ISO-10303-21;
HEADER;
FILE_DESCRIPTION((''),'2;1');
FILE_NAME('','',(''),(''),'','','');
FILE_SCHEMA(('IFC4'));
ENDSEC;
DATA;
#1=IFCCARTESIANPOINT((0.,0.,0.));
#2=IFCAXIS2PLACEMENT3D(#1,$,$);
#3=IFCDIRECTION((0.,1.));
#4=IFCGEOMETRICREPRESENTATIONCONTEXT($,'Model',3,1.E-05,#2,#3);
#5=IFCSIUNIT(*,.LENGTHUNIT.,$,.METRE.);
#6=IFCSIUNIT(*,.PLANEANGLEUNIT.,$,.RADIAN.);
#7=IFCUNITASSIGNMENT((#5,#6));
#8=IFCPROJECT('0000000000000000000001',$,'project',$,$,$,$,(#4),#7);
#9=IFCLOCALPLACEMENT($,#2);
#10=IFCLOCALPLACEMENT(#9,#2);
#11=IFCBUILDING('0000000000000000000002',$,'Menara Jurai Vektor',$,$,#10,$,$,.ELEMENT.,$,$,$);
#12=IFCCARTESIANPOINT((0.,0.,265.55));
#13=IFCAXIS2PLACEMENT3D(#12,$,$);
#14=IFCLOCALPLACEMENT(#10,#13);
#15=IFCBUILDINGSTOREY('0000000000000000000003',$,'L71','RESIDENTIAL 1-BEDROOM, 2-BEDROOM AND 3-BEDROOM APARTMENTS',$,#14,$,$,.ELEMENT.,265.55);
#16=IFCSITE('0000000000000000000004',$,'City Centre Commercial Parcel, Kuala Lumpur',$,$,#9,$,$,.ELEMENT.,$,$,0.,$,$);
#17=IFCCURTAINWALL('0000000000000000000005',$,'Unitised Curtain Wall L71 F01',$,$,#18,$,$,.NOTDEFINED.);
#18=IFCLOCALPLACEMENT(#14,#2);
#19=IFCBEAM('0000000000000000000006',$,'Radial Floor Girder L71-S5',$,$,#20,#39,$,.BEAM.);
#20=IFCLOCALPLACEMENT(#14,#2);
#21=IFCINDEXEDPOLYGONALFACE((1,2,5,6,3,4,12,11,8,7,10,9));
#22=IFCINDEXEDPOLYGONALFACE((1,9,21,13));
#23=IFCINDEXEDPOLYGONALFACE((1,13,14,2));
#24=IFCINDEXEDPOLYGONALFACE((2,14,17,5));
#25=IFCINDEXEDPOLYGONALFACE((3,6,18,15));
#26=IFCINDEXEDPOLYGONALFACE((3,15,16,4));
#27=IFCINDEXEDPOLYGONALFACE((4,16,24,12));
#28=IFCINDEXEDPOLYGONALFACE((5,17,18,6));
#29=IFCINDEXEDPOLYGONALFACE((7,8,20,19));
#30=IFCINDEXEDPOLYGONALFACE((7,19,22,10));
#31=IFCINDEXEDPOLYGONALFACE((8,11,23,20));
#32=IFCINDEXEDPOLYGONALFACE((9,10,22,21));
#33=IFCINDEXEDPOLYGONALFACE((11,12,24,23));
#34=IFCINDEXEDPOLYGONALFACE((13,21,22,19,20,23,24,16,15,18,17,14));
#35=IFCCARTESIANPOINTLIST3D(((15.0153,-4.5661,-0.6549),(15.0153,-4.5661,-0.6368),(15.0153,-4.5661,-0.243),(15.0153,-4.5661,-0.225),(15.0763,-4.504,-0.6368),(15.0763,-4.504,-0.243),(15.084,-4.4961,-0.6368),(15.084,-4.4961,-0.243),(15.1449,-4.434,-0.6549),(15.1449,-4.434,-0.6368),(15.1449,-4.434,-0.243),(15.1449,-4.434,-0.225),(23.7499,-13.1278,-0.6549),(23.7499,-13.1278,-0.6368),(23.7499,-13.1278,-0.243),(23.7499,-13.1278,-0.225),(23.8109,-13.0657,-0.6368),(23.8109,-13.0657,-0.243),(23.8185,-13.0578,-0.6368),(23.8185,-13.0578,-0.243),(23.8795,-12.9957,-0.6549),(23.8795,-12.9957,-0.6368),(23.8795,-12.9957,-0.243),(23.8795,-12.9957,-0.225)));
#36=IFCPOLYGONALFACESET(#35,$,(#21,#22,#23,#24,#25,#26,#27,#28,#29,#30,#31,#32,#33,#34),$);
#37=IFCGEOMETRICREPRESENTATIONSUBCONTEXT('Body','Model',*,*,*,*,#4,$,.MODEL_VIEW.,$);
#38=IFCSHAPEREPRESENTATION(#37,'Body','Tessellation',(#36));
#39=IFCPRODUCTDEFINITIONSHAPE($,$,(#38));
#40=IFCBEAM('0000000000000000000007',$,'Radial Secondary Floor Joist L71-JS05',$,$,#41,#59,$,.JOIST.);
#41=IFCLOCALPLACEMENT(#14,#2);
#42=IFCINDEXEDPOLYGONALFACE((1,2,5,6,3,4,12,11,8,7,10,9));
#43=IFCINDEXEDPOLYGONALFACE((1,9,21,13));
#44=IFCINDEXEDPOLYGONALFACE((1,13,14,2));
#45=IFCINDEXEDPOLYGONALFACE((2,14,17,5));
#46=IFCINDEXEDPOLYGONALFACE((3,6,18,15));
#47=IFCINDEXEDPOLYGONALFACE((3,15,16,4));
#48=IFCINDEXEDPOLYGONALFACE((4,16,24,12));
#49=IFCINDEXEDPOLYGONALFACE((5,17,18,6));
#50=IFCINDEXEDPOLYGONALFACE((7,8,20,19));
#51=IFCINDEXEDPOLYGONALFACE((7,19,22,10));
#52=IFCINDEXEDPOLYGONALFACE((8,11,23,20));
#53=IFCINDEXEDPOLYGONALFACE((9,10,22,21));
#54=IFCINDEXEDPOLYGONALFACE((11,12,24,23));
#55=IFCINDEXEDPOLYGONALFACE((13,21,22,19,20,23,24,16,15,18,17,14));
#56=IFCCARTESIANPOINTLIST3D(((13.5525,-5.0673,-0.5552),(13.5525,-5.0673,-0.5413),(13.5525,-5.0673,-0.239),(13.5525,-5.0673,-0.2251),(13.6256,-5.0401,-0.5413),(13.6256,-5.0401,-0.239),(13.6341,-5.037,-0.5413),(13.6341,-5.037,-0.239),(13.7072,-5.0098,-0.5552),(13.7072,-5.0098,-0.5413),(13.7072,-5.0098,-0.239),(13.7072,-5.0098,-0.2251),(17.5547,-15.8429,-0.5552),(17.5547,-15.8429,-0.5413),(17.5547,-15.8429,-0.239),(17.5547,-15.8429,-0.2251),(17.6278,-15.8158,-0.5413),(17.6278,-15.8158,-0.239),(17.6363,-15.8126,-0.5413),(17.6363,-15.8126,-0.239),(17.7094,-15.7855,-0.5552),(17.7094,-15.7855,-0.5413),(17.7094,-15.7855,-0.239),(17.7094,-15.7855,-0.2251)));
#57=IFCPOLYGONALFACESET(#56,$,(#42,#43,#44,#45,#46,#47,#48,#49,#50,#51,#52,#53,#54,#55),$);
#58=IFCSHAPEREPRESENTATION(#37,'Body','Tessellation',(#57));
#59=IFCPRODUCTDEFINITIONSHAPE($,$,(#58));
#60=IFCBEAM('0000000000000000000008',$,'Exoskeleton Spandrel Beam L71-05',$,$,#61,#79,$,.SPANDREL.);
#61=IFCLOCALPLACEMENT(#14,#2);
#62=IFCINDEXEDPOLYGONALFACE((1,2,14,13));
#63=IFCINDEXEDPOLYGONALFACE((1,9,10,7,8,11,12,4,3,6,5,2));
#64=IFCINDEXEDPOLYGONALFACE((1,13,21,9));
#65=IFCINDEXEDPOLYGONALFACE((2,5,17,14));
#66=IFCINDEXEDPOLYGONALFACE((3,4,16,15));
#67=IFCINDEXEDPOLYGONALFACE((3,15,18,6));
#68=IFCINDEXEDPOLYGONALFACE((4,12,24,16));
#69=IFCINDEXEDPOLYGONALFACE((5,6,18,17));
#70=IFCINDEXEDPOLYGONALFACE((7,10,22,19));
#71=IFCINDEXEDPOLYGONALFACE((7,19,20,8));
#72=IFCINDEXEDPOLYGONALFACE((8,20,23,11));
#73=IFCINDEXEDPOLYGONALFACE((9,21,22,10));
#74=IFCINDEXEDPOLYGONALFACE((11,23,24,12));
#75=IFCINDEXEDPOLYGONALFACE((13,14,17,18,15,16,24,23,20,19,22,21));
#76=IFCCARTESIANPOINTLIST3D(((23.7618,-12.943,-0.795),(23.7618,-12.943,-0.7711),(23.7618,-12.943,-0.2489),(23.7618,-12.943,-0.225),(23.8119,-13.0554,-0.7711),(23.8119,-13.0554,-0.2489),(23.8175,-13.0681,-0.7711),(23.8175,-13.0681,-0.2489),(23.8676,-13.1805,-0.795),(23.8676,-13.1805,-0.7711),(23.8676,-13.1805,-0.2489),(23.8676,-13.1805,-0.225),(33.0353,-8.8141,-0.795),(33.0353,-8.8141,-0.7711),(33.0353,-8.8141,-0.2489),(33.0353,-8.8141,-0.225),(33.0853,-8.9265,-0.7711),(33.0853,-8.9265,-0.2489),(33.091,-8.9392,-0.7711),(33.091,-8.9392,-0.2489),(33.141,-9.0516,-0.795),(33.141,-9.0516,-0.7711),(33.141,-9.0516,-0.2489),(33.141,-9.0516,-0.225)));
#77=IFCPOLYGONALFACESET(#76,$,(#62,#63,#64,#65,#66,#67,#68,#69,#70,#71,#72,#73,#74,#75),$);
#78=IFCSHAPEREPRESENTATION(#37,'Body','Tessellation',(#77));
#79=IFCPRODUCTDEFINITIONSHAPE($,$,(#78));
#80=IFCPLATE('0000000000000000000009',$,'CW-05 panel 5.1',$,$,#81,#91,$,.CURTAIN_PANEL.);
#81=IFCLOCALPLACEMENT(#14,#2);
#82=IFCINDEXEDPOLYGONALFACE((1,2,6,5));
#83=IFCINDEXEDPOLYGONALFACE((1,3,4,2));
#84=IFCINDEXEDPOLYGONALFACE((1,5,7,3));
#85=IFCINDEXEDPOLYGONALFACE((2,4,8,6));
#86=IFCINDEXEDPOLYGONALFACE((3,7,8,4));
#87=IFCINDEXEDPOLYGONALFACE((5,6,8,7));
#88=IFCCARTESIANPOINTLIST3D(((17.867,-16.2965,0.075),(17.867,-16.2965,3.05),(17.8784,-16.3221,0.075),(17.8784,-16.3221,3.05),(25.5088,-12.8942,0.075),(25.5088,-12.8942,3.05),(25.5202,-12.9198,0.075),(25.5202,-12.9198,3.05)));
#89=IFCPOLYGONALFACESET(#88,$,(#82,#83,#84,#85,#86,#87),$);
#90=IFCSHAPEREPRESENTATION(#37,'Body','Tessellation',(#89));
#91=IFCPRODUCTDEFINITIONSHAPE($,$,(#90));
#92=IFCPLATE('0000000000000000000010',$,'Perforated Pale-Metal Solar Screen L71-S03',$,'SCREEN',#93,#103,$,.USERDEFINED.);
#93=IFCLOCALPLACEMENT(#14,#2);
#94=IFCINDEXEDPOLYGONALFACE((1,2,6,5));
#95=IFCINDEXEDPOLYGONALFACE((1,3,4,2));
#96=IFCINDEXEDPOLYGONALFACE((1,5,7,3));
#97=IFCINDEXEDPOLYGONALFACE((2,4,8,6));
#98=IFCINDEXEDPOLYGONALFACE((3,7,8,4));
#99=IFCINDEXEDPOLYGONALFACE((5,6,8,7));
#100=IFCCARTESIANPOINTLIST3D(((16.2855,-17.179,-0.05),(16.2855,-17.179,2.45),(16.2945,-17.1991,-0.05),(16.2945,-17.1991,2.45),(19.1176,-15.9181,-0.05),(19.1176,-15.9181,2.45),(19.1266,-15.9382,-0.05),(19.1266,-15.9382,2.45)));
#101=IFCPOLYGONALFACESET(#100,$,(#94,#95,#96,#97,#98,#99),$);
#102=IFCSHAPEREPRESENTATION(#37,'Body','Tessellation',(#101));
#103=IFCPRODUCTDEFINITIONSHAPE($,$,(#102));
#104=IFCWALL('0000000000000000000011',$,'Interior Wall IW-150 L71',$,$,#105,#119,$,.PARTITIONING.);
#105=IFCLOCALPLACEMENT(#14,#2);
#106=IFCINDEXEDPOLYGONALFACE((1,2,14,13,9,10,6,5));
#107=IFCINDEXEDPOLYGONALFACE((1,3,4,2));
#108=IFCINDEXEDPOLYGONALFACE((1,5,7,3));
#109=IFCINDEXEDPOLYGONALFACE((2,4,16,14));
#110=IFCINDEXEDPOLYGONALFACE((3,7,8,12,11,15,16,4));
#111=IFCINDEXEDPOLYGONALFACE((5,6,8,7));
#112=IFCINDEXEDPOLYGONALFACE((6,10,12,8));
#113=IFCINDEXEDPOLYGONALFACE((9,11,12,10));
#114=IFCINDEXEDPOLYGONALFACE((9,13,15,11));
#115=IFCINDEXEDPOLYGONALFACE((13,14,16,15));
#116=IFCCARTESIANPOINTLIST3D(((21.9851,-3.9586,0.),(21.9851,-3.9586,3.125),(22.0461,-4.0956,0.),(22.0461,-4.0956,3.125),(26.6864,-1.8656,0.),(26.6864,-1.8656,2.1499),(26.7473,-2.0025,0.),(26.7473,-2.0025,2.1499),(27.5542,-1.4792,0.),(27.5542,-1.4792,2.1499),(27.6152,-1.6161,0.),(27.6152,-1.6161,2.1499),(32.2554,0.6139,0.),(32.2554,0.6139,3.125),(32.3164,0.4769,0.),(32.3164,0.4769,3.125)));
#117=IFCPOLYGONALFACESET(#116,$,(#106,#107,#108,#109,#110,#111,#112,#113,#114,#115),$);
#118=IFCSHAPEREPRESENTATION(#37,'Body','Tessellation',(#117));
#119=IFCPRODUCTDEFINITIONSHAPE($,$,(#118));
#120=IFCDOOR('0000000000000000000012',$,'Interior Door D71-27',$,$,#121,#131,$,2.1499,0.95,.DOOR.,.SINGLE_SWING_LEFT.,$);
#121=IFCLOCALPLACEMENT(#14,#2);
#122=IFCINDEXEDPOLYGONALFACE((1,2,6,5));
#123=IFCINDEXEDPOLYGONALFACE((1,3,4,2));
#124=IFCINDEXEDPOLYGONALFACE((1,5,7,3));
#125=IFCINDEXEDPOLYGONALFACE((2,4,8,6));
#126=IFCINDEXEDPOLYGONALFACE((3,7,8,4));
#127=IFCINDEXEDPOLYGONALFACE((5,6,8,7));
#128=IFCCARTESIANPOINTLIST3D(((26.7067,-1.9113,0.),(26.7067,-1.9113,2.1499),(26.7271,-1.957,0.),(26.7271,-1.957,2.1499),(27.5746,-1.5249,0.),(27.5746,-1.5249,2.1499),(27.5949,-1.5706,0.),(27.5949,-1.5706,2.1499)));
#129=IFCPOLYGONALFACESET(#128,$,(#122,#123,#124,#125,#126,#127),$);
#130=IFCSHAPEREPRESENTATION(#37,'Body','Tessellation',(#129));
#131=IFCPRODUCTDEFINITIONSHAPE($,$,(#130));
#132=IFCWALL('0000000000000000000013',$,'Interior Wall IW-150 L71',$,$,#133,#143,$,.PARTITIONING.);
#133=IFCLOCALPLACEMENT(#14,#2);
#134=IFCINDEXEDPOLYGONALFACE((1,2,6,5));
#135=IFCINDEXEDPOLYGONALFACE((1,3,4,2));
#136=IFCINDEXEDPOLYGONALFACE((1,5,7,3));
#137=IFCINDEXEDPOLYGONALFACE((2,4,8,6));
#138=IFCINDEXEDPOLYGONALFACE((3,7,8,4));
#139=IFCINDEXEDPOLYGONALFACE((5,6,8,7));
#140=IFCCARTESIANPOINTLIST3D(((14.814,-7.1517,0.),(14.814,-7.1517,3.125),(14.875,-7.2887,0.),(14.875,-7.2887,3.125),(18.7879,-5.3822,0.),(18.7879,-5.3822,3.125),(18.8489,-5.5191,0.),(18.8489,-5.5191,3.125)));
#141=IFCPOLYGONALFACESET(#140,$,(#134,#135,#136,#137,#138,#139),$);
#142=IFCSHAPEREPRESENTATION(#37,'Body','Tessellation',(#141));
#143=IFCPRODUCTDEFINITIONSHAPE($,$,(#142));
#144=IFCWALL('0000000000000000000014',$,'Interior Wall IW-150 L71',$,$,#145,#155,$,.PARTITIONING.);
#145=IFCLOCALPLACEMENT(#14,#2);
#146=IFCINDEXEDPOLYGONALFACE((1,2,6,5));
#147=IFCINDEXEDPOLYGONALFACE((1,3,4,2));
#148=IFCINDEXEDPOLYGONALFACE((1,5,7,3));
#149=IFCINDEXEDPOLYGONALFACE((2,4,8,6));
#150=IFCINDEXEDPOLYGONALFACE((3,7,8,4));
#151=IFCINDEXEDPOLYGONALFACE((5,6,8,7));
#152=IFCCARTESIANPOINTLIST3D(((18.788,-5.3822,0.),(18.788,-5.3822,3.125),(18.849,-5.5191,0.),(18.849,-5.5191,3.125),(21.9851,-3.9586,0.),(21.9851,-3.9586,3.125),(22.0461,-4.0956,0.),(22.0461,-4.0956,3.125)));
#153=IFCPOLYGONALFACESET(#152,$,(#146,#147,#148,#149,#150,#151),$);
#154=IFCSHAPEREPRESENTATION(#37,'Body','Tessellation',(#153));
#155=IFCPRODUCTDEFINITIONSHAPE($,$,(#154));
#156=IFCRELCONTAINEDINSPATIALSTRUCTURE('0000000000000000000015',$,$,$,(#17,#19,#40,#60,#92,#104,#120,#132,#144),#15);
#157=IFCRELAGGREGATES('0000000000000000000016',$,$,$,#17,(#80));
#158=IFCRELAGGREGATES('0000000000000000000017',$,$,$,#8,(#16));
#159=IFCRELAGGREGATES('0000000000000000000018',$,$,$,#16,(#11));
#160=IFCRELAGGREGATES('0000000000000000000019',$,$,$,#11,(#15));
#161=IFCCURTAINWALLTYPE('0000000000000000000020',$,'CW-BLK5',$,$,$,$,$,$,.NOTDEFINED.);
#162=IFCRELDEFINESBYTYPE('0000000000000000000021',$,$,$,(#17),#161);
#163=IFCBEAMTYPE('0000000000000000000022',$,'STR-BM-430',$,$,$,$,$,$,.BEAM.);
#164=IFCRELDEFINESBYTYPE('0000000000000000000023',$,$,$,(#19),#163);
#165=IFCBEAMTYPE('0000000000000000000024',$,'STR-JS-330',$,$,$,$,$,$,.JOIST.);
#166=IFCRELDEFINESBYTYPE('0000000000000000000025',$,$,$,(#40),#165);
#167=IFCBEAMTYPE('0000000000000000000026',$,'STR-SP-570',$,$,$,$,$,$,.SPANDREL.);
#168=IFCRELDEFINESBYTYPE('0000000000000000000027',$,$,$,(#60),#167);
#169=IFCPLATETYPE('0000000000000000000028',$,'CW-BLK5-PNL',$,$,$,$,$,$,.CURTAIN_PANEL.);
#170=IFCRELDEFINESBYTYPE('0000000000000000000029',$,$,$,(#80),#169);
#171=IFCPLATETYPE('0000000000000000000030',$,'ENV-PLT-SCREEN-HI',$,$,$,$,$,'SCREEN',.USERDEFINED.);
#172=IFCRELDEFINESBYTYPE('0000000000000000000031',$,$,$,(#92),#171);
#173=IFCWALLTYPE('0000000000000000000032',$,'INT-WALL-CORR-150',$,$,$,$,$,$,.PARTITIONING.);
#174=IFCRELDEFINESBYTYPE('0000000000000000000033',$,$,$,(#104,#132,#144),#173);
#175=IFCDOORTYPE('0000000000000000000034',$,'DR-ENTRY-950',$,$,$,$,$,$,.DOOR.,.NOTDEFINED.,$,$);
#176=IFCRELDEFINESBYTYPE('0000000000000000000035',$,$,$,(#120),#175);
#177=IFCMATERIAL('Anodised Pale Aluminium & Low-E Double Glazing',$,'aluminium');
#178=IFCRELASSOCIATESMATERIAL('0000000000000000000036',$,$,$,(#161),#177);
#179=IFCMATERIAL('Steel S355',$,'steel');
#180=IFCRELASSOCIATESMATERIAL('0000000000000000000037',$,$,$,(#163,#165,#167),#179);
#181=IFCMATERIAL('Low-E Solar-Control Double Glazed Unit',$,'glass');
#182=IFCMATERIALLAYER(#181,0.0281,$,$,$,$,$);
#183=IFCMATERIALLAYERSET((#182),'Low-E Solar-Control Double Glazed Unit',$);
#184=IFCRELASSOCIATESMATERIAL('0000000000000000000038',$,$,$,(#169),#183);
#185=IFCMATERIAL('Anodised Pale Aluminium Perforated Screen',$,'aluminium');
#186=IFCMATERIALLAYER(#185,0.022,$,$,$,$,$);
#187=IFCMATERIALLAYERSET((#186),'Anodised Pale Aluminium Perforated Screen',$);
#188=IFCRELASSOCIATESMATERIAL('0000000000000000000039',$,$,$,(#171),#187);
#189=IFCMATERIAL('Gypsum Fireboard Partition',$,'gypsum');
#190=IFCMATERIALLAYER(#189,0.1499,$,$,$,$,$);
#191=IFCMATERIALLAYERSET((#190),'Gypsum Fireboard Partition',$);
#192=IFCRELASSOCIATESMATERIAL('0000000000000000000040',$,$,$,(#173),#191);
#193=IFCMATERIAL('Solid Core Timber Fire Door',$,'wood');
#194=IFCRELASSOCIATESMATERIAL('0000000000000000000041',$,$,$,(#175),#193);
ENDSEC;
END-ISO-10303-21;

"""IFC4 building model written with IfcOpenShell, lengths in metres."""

from ifc_helpers import new_model, si_unit, direction, frame, frame_2d, origin, origin_2d, place, context, subcontext, project, spatial, rectangle, i_section, extrude, material, layer, layer_set, material_profile, profile_set, type_object, element, fill, aggregate, save


model = new_model("IFC4")

# Units and contexts
model_context = context("Model", 3, precision=1e-05, world=origin(), true_north=direction((0.0, 1.0)))
body_context = subcontext(model_context, "Body", "Model", "MODEL_VIEW")
ifc_project = project(units=[si_unit("LENGTHUNIT", "METRE"), si_unit("PLANEANGLEUNIT", "RADIAN")], contexts=[model_context])

# Site, building, storey
site_placement = place(None, origin())
site = spatial("IfcSite", under=ifc_project, at=site_placement, Name="City Centre Commercial Parcel, Kuala Lumpur", CompositionType="ELEMENT", RefElevation=0.0)
building_placement = place(site_placement, origin())
building = spatial("IfcBuilding", under=site, at=building_placement, Name="Menara Jurai Vektor", CompositionType="ELEMENT")
storey_placement = place(building_placement, frame((0.0, 0.0, 265.55)))
storey = spatial("IfcBuildingStorey", under=building, at=storey_placement, Name="L71", Description="RESIDENTIAL 1-BEDROOM, 2-BEDROOM AND 3-BEDROOM APARTMENTS", CompositionType="ELEMENT", Elevation=265.55)

# Curtain wall
ifc_material_1 = material(Name="Anodised Pale Aluminium & Low-E Double Glazing", Category="aluminium")
curtain_wall_type = type_object("IfcCurtainWallType", Name="CW-BLK5", PredefinedType="NOTDEFINED", material=ifc_material_1)
curtain_wall_placement = place(storey_placement, origin())
curtain_wall = element("IfcCurtainWall", 1, at=curtain_wall_placement, inside=storey, type_object=curtain_wall_type, Name="Unitised Curtain Wall L71 F01", PredefinedType="NOTDEFINED")

# Beams
ifc_material_2 = material(Name="Steel S355", Category="steel")
ifc_material_profile_1 = material_profile(ifc_material_2, i_section(OverallWidth=0.1851, OverallDepth=0.4299, WebThickness=0.011, FlangeThickness=0.0181, at=origin_2d()), Name="PG 430x185x76")
ifc_profile_set_1 = profile_set([ifc_material_profile_1], Name="Steel S355")
beam_type_1 = type_object("IfcBeamType", Name="STR-BM-430", PredefinedType="BEAM", material=ifc_profile_set_1)
beam_1_placement = place(storey_placement, frame((23.8147, -13.0618, -0.4399), z_axis=(-0.714138, 0.700005, 0.0), x_axis=(-0.700005, -0.714138, 0.0)))
element("IfcBeam", 2, at=beam_1_placement, inside=storey, type_object=beam_type_1, Name="Radial Floor Girder L71-S5", PredefinedType="BEAM", context=body_context, shape_type="SweptSolid", body=[
    extrude(i_section(OverallWidth=0.1851, OverallDepth=0.4299, WebThickness=0.011, FlangeThickness=0.0181, at=origin_2d()), origin(), (0.0, 0.0, 1.0), 12.231),
])
ifc_material_profile_2 = material_profile(ifc_material_2, i_section(OverallWidth=0.165, OverallDepth=0.3301, WebThickness=0.009, FlangeThickness=0.0139, at=origin_2d()), Name="PG 330x165x46")
ifc_profile_set_2 = profile_set([ifc_material_profile_2], Name="Steel S355")
beam_type_2 = type_object("IfcBeamType", Name="STR-JS-330", PredefinedType="JOIST", material=ifc_profile_set_2)
beam_2_placement = place(storey_placement, frame((17.6321, -15.8142, -0.3901), z_axis=(-0.348173, 0.93743, 0.0), x_axis=(-0.93743, -0.348173, 0.0)))
element("IfcBeam", 3, at=beam_2_placement, inside=storey, type_object=beam_type_2, Name="Radial Secondary Floor Joist L71-JS05", PredefinedType="JOIST", context=body_context, shape_type="SweptSolid", body=[
    extrude(i_section(OverallWidth=0.165, OverallDepth=0.3301, WebThickness=0.009, FlangeThickness=0.0139, at=origin_2d()), origin(), (0.0, 0.0, 1.0), 11.4949),
])
ifc_material_profile_3 = material_profile(ifc_material_2, i_section(OverallWidth=0.26, OverallDepth=0.5701, WebThickness=0.0139, FlangeThickness=0.0239, at=origin_2d()), Name="PG 570x260x145")
ifc_profile_set_3 = profile_set([ifc_material_profile_3], Name="Steel S355")
beam_type_3 = type_object("IfcBeamType", Name="STR-SP-570", PredefinedType="SPANDREL", material=ifc_profile_set_3)
beam_3_placement = place(storey_placement, frame((23.8147, -13.0618, -0.51), z_axis=(0.913542, 0.406745, 0.0), x_axis=(-0.406745, 0.913542, 0.0)))
element("IfcBeam", 4, at=beam_3_placement, inside=storey, type_object=beam_type_3, Name="Exoskeleton Spandrel Beam L71-05", PredefinedType="SPANDREL", context=body_context, shape_type="SweptSolid", body=[
    extrude(i_section(OverallWidth=0.26, OverallDepth=0.5701, WebThickness=0.0139, FlangeThickness=0.0239, at=origin_2d()), origin(), (0.0, 0.0, 1.0), 10.1511),
])

# Plates
ifc_material_3 = material(Name="Low-E Solar-Control Double Glazed Unit", Category="glass")
ifc_layer_1 = layer(ifc_material_3, 0.0281)
ifc_layer_set_1 = layer_set([ifc_layer_1], Name="Low-E Solar-Control Double Glazed Unit")
plate_type_1 = type_object("IfcPlateType", Name="CW-BLK5-PNL", PredefinedType="CURTAIN_PANEL", material=ifc_layer_set_1)
plate_1_placement = place(storey_placement, frame((21.6936, -14.6082, 0.075), z_axis=(0.0, 0.0, 1.0), x_axis=(0.913546, 0.406735, 0.0)))
plate_1 = element("IfcPlate", 5, at=plate_1_placement, type_object=plate_type_1, Name="CW-05 panel 5.1", PredefinedType="CURTAIN_PANEL", context=body_context, shape_type="SweptSolid", body=[
    extrude(rectangle(XDim=8.365, YDim=0.0281, at=origin_2d()), origin(), (0.0, 0.0, 1.0), 2.9751),
])
aggregate(curtain_wall, [plate_1])
ifc_material_4 = material(Name="Anodised Pale Aluminium Perforated Screen", Category="aluminium")
ifc_layer_2 = layer(ifc_material_4, 0.022)
ifc_layer_set_2 = layer_set([ifc_layer_2], Name="Anodised Pale Aluminium Perforated Screen")
plate_type_2 = type_object("IfcPlateType", Name="ENV-PLT-SCREEN-HI", ElementType="SCREEN", PredefinedType="USERDEFINED", material=ifc_layer_set_2)
plate_2_placement = place(storey_placement, frame((17.7061, -16.5586, -0.05), z_axis=(0.0, 0.0, 1.0), x_axis=(0.913545, 0.406737, 0.0)))
element("IfcPlate", 6, at=plate_2_placement, inside=storey, type_object=plate_type_2, Name="Perforated Pale-Metal Solar Screen L71-S03", ObjectType="SCREEN", PredefinedType="USERDEFINED", context=body_context, shape_type="SweptSolid", body=[
    extrude(rectangle(XDim=3.1001, YDim=0.022, at=origin_2d()), origin(), (0.0, 0.0, 1.0), 2.5),
])

# Wall, opening, door
ifc_material_5 = material(Name="Gypsum Fireboard Partition", Category="gypsum")
ifc_layer_3 = layer(ifc_material_5, 0.1499)
ifc_layer_set_3 = layer_set([ifc_layer_3], Name="Gypsum Fireboard Partition")
wall_type_1 = type_object("IfcWallType", Name="INT-WALL-CORR-150", PredefinedType="PARTITIONING", material=ifc_layer_set_3)
wall_1_placement = place(storey_placement, frame((22.0156, -4.0271, 0.0), z_axis=(0.0, 0.0, 1.0), x_axis=(0.913549, 0.406729, 0.0)))
wall_1 = element("IfcWall", 7, at=wall_1_placement, inside=storey, type_object=wall_type_1, Name="Interior Wall IW-150 L71", PredefinedType="PARTITIONING", context=body_context, shape_type="SweptSolid", body=[
    extrude(rectangle(XDim=11.2422, YDim=0.1499, at=frame_2d((5.6211, 0.0))), origin(), (0.0, 0.0, 1.0), 3.125),
])
opening_1_placement = place(wall_1_placement, frame((5.146, 0.0, 0.0)))
opening_1 = element("IfcOpeningElement", 8, at=opening_1_placement, cuts=wall_1, PredefinedType="OPENING", context=body_context, shape_type="SweptSolid", body=[
    extrude(rectangle(XDim=0.95, YDim=2.1499, at=frame_2d((0.4751, 1.075))), frame((0.0, 0.085, 0.0), z_axis=(0.0, -1.0, 0.0), x_axis=(1.0, 0.0, 0.0)), (0.0, 0.0, 1.0), 0.1699),
])
ifc_material_6 = material(Name="Solid Core Timber Fire Door", Category="wood")
door_type_1 = type_object("IfcDoorType", Name="DR-ENTRY-950", OperationType="NOTDEFINED", PredefinedType="DOOR", material=ifc_material_6)
door_1_placement = place(opening_1_placement, origin())
door_1 = element("IfcDoor", 9, at=door_1_placement, inside=storey, type_object=door_type_1, Name="Interior Door D71-27", OperationType="SINGLE_SWING_LEFT", OverallHeight=2.1499, OverallWidth=0.95, PredefinedType="DOOR", context=body_context, shape_type="SweptSolid", body=[
    extrude(rectangle(XDim=0.95, YDim=2.1499, at=frame_2d((0.4751, 1.075))), frame((0.0, 0.0249, 0.0), z_axis=(0.0, -1.0, 0.0), x_axis=(1.0, 0.0, 0.0)), (0.0, 0.0, 1.0), 0.05),
])
fill(opening_1, door_1)

# Walls
wall_2_placement = place(storey_placement, frame((14.8445, -7.2202, 0.0), z_axis=(0.0, 0.0, 1.0), x_axis=(0.913524, 0.406784, 0.0)))
element("IfcWall", 10, at=wall_2_placement, inside=storey, type_object=wall_type_1, Name="Interior Wall IW-150 L71", PredefinedType="PARTITIONING", context=body_context, shape_type="SweptSolid", body=[
    extrude(rectangle(XDim=4.3501, YDim=0.1499, at=frame_2d((2.175, 0.0))), origin(), (0.0, 0.0, 1.0), 3.125),
])
wall_3_placement = place(storey_placement, frame((18.8184, -5.4507, 0.0), z_axis=(0.0, 0.0, 1.0), x_axis=(0.913538, 0.406753, 0.0)))
element("IfcWall", 11, at=wall_3_placement, inside=storey, type_object=wall_type_1, Name="Interior Wall IW-150 L71", PredefinedType="PARTITIONING", context=body_context, shape_type="SweptSolid", body=[
    extrude(rectangle(XDim=3.4998, YDim=0.1499, at=frame_2d((1.75, 0.0))), origin(), (0.0, 0.0, 1.0), 3.125),
])

save(model, "model.ifc")
